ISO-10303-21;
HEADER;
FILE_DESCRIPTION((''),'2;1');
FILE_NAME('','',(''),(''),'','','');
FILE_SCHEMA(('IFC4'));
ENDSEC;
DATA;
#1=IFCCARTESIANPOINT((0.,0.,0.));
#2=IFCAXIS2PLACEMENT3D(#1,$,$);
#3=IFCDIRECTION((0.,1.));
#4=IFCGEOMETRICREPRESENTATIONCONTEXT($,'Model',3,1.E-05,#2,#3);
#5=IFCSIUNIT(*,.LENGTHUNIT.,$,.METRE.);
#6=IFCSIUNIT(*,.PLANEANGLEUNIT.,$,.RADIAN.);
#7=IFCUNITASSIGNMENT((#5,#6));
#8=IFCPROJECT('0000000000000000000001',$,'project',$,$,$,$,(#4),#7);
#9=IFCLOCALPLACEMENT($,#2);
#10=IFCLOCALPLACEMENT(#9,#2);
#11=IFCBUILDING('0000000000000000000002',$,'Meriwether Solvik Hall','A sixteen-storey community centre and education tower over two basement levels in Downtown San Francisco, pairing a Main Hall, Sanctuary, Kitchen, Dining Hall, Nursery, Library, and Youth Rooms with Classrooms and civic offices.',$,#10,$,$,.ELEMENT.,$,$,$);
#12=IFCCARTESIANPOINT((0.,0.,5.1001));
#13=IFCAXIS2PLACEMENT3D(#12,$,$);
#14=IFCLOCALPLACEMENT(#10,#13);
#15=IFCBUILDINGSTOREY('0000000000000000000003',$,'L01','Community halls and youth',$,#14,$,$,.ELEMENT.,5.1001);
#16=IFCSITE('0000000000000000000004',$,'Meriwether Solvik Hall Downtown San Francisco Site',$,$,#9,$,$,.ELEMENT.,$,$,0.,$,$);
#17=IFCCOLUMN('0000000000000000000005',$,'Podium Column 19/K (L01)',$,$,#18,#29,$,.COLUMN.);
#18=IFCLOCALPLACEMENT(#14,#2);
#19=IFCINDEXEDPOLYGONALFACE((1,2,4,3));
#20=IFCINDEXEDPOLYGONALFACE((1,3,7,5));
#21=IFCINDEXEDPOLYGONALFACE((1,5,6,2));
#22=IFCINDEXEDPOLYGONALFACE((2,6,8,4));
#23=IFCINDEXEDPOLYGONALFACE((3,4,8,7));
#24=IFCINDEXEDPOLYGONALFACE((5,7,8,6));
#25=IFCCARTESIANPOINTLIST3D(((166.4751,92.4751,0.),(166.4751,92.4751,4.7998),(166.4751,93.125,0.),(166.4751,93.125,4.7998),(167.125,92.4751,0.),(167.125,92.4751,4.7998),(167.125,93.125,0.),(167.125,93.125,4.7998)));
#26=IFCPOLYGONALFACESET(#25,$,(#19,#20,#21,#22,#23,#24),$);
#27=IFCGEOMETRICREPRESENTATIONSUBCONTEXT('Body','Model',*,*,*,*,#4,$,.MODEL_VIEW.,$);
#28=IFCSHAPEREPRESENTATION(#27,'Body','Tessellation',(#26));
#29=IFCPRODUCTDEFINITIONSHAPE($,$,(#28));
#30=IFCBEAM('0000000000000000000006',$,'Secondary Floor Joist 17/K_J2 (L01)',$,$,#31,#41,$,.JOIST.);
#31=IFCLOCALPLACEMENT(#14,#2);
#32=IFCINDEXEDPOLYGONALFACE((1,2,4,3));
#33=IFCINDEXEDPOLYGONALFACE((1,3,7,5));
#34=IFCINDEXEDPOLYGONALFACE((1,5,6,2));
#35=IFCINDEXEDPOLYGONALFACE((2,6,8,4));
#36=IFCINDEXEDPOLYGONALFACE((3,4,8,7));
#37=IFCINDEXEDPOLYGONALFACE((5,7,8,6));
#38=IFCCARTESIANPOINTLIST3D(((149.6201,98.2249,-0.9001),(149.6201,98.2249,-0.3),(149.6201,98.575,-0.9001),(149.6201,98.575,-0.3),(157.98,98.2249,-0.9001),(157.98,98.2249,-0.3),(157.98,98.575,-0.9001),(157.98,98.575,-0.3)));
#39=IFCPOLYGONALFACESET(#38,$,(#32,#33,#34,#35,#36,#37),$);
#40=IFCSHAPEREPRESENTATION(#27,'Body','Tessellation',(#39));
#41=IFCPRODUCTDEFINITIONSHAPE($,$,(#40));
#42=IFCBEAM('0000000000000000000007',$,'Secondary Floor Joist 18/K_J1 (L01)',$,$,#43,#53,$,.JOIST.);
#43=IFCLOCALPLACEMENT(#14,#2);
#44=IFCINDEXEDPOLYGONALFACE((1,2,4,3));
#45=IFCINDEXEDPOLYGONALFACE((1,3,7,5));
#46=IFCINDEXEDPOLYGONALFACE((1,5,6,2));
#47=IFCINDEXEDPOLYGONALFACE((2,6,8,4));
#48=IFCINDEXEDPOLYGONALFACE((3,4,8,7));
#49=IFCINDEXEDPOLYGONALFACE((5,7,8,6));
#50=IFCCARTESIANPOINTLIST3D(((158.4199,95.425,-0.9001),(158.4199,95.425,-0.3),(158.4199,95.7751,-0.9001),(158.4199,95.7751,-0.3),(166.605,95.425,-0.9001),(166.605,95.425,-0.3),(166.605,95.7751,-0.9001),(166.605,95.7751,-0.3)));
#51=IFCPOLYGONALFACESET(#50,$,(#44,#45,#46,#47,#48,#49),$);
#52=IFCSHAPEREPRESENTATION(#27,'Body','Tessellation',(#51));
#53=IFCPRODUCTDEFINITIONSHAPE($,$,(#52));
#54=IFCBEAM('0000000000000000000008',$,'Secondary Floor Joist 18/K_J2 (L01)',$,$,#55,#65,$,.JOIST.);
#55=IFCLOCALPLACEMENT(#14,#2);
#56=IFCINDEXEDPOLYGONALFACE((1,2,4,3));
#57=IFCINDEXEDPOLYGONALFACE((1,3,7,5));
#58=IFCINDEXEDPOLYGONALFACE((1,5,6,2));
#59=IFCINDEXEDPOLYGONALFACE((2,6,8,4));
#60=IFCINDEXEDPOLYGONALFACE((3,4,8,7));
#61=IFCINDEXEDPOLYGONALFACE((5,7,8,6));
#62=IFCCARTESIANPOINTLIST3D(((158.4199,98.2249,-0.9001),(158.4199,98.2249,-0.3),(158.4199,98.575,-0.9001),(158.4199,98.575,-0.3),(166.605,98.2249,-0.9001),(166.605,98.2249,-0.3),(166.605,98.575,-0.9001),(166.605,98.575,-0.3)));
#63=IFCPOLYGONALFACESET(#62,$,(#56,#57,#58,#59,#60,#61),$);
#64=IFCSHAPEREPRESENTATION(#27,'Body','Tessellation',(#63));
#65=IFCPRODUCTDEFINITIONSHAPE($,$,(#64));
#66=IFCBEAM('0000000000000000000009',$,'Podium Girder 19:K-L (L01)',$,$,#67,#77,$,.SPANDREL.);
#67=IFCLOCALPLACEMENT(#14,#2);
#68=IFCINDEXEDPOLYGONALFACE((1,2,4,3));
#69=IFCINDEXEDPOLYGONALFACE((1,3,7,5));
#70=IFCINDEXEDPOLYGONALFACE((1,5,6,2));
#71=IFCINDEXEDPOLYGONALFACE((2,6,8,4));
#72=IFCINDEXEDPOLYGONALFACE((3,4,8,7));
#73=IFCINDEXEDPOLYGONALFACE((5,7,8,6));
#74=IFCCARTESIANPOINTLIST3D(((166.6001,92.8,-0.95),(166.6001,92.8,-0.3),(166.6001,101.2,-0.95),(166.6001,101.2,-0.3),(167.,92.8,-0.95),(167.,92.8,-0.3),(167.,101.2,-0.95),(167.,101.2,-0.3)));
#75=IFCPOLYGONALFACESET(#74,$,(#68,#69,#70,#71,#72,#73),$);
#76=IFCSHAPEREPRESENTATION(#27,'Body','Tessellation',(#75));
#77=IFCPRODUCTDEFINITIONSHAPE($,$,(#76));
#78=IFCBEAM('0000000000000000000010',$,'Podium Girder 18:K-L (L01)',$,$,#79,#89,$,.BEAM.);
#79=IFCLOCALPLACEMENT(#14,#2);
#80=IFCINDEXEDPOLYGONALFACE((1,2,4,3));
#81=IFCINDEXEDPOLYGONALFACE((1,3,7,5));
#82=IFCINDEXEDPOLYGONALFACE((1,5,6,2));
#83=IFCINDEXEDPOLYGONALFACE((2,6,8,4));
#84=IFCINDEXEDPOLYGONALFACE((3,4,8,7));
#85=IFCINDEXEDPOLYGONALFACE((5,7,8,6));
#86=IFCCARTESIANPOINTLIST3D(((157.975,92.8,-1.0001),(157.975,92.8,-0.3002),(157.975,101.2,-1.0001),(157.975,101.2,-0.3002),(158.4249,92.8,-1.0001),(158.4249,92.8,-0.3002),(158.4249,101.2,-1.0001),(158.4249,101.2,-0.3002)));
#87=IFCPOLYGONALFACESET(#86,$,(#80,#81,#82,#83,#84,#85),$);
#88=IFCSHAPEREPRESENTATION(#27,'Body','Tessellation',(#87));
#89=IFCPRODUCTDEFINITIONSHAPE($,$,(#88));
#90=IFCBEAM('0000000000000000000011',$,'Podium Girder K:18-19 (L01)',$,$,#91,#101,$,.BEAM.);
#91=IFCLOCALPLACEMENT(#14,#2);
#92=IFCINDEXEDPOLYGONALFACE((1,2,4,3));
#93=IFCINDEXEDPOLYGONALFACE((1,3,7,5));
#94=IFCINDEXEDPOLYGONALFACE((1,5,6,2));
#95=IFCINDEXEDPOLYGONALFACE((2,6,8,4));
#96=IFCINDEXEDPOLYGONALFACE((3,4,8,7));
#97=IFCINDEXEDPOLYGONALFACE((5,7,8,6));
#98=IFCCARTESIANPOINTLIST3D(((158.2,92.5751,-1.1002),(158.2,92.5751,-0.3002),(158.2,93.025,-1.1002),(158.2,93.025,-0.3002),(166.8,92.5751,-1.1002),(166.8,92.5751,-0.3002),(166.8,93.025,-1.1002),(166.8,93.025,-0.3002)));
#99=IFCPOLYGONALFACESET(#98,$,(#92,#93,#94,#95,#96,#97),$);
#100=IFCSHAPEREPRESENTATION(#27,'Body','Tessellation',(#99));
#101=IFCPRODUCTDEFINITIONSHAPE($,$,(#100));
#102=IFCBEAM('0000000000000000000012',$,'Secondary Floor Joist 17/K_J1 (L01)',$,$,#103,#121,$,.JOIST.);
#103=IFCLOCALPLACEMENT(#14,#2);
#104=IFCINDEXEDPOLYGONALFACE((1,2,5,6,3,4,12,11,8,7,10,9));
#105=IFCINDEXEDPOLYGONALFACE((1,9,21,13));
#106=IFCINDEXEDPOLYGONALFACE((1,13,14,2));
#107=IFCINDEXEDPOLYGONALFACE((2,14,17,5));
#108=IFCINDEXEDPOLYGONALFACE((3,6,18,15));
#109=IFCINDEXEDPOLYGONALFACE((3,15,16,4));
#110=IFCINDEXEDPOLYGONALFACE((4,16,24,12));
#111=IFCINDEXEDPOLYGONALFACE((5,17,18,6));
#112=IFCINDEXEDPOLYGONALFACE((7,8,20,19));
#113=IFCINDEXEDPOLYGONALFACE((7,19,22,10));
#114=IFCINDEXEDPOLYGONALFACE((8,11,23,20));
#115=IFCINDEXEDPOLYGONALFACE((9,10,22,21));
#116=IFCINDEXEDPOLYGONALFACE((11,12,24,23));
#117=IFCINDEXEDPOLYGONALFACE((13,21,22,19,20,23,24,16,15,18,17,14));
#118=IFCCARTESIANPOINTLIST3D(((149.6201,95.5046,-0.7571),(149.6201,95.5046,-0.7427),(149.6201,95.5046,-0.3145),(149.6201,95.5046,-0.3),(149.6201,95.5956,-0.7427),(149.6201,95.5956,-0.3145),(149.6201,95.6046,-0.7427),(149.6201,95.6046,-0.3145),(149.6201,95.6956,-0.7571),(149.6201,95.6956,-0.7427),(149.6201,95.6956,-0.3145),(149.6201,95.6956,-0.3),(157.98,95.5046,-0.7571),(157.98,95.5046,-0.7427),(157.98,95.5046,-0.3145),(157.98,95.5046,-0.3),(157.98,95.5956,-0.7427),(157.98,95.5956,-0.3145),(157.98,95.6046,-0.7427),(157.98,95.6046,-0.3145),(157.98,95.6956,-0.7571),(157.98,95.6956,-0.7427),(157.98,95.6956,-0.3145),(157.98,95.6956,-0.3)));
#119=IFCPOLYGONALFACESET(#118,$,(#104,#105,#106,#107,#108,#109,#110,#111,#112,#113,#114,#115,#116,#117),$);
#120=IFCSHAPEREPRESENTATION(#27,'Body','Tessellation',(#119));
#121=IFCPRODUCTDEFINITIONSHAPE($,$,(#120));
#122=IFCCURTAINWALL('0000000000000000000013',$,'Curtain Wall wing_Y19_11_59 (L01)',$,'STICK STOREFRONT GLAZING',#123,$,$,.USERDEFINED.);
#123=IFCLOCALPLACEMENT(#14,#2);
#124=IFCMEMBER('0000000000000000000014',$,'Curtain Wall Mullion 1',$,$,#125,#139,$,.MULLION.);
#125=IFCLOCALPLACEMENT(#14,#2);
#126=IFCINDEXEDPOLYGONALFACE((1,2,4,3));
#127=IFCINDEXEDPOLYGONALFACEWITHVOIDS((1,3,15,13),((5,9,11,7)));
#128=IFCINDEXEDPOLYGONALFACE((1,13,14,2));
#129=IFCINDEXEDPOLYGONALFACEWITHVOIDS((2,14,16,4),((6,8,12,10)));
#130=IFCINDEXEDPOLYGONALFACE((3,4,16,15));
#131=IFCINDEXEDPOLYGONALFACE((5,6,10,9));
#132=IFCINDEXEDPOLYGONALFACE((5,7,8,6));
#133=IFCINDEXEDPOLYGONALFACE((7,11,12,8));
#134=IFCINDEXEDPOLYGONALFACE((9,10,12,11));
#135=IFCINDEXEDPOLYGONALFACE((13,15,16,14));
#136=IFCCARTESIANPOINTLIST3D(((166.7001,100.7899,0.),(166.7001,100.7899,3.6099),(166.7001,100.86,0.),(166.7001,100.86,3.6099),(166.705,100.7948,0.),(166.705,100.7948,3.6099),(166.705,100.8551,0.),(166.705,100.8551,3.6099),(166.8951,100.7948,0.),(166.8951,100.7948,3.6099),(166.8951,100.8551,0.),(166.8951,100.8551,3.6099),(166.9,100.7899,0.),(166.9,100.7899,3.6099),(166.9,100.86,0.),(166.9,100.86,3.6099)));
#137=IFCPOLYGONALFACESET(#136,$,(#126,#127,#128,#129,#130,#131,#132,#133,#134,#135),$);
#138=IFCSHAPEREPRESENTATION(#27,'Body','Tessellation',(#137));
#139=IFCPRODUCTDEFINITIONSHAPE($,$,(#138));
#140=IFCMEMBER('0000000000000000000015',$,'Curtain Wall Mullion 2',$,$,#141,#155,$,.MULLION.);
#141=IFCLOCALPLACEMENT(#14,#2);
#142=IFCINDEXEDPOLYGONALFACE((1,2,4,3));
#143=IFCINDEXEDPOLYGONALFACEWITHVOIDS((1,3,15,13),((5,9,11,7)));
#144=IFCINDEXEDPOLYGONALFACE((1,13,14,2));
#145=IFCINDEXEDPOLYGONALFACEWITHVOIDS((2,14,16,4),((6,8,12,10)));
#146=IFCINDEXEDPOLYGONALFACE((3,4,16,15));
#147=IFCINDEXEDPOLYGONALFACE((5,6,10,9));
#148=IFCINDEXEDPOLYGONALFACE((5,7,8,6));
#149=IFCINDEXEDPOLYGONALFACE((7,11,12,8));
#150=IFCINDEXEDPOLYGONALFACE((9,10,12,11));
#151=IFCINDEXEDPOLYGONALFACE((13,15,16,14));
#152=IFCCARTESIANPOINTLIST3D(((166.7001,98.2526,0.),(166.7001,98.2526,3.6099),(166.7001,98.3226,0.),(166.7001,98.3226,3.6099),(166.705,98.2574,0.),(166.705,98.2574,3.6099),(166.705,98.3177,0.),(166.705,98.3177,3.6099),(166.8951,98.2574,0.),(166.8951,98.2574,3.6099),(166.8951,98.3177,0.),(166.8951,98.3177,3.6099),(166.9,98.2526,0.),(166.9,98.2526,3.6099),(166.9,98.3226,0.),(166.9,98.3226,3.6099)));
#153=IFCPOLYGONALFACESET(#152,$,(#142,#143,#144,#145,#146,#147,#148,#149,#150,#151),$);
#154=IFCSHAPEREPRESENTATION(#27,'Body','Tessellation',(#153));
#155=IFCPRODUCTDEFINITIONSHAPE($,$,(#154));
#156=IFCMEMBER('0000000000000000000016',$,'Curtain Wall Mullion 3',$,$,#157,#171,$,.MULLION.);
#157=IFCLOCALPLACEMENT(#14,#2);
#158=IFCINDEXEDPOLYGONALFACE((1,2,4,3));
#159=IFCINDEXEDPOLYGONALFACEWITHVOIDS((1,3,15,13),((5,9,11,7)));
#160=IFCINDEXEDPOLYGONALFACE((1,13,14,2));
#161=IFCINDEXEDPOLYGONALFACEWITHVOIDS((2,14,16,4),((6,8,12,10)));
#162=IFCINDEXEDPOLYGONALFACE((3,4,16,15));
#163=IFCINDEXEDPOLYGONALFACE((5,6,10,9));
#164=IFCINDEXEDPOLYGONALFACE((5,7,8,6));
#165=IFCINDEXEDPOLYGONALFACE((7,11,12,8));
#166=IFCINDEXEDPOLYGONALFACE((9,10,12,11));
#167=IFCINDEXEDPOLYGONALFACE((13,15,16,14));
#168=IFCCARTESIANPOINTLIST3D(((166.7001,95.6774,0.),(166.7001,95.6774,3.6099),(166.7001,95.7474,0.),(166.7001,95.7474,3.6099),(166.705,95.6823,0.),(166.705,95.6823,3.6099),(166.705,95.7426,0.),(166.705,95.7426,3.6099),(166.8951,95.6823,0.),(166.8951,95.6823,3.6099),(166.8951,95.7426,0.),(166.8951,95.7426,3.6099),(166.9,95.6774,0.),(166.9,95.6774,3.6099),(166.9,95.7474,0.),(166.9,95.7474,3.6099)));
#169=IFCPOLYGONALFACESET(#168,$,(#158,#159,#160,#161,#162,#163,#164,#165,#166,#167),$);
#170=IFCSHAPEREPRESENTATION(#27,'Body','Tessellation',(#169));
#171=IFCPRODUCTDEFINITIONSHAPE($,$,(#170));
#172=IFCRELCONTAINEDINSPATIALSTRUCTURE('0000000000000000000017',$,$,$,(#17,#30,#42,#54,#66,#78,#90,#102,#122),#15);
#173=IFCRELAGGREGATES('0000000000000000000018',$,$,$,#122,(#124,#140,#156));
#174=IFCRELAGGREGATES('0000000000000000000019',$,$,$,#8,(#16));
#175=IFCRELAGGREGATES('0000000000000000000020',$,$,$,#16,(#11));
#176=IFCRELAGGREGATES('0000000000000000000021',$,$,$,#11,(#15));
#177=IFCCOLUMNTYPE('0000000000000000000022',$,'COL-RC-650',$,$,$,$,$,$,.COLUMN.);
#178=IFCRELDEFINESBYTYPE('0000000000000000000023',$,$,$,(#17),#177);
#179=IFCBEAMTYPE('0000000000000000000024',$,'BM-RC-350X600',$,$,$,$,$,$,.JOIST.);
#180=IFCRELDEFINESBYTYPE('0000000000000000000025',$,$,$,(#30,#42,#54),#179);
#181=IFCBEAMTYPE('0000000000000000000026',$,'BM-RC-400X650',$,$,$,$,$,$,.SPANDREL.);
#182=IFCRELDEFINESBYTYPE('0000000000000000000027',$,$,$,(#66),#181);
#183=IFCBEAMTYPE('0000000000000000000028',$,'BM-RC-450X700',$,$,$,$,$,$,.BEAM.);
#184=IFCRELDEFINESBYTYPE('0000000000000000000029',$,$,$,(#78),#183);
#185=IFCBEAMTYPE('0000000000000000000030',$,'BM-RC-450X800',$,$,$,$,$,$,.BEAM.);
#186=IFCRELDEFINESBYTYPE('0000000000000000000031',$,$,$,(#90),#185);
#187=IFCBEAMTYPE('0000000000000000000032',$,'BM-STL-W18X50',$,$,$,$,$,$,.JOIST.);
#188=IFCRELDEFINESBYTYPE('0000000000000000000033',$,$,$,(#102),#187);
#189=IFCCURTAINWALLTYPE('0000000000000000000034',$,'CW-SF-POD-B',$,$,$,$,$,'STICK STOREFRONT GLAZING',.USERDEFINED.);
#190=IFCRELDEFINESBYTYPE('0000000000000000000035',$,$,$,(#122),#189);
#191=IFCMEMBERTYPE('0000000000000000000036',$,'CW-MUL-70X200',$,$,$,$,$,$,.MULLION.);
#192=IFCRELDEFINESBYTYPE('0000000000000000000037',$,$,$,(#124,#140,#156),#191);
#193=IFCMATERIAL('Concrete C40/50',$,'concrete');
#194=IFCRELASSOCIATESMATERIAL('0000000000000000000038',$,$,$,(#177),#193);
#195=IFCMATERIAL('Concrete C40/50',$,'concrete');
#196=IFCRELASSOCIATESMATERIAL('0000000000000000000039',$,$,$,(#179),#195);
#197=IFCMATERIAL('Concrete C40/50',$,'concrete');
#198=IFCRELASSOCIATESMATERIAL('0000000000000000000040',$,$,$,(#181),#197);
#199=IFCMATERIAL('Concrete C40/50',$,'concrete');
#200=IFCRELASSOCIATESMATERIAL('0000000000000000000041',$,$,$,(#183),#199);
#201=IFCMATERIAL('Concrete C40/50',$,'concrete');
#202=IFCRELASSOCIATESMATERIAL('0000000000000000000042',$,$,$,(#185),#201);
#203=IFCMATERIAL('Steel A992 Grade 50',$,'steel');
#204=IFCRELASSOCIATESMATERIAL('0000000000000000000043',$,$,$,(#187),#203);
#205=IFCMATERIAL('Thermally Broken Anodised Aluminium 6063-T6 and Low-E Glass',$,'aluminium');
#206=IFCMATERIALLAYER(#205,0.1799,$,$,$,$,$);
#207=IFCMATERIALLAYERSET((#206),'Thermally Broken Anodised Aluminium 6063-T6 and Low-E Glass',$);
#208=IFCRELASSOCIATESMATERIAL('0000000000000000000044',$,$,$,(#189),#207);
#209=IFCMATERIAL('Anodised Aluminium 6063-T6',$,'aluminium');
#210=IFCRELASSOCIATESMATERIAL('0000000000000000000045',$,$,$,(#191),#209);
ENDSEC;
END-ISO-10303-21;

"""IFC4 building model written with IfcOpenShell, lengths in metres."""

from ifc_helpers import new_model, si_unit, direction, frame, origin, origin_2d, place, context, subcontext, project, spatial, rectangle, hollow_rectangle, i_section, extrude, material, layer, layer_set, material_profile, profile_set, type_object, element, aggregate, save


model = new_model("IFC4")

# Units and contexts
model_context = context("Model", 3, precision=1e-05, world=origin(), true_north=direction((0.0, 1.0)))
body_context = subcontext(model_context, "Body", "Model", "MODEL_VIEW")
ifc_project = project(units=[si_unit("LENGTHUNIT", "METRE"), si_unit("PLANEANGLEUNIT", "RADIAN")], contexts=[model_context])

# Site, building, storey
site_placement = place(None, origin())
site = spatial("IfcSite", under=ifc_project, at=site_placement, Name="Meriwether Solvik Hall Downtown San Francisco Site", CompositionType="ELEMENT", RefElevation=0.0)
building_placement = place(site_placement, origin())
building = spatial("IfcBuilding", under=site, at=building_placement, Name="Meriwether Solvik Hall", Description="A sixteen-storey community centre and education tower over two basement levels in Downtown San Francisco, pairing a Main Hall, Sanctuary, Kitchen, Dining Hall, Nursery, Library, and Youth Rooms with Classrooms and civic offices.", CompositionType="ELEMENT")
storey_placement = place(building_placement, frame((0.0, 0.0, 5.1001)))
storey = spatial("IfcBuildingStorey", under=building, at=storey_placement, Name="L01", Description="Community halls and youth", CompositionType="ELEMENT", Elevation=5.1001)

# Column
ifc_material_1 = material(Name="Concrete C40/50", Category="concrete")
ifc_material_profile_1 = material_profile(ifc_material_1, rectangle(XDim=0.6499, YDim=0.6499, at=origin_2d()), Name="RCC-650X650")
ifc_profile_set_1 = profile_set([ifc_material_profile_1], Name="Concrete C40/50")
column_type = type_object("IfcColumnType", Name="COL-RC-650", PredefinedType="COLUMN", material=ifc_profile_set_1)
column_placement = place(storey_placement, frame((166.8, 92.8, 0.0), z_axis=(0.0, 0.0, 1.0), x_axis=(1.0, 0.0, 0.0)))
element("IfcColumn", 1, at=column_placement, inside=storey, type_object=column_type, Name="Podium Column 19/K (L01)", PredefinedType="COLUMN", context=body_context, shape_type="SweptSolid", body=[
    extrude(rectangle(XDim=0.6499, YDim=0.6499, at=origin_2d()), origin(), (0.0, 0.0, 1.0), 4.7998),
])

# Beams
ifc_material_2 = material(Name="Concrete C40/50", Category="concrete")
ifc_material_profile_2 = material_profile(ifc_material_2, rectangle(XDim=0.3501, YDim=0.6001, at=origin_2d()), Name="RCB-350X600")
ifc_profile_set_2 = profile_set([ifc_material_profile_2], Name="Concrete C40/50")
beam_type_1 = type_object("IfcBeamType", Name="BM-RC-350X600", PredefinedType="JOIST", material=ifc_profile_set_2)
beam_1_placement = place(storey_placement, frame((149.6201, 98.3999, -0.6001), z_axis=(1.0, 0.0, 0.0), x_axis=(0.0, 1.0, 0.0)))
element("IfcBeam", 2, at=beam_1_placement, inside=storey, type_object=beam_type_1, Name="Secondary Floor Joist 17/K_J2 (L01)", PredefinedType="JOIST", context=body_context, shape_type="SweptSolid", body=[
    extrude(rectangle(XDim=0.3501, YDim=0.6001, at=origin_2d()), origin(), (0.0, 0.0, 1.0), 8.3599),
])
for number, where, z_axis, x_axis, name in (
    (3, (158.4199, 95.6001, -0.6001), (1.0, 0.0, 0.0), (0.0, 1.0, 0.0), "Secondary Floor Joist 18/K_J1 (L01)"),
    (4, (158.4199, 98.3999, -0.6001), (1.0, 0.0, 0.0), (0.0, 1.0, 0.0), "Secondary Floor Joist 18/K_J2 (L01)"),
):
    element("IfcBeam", number, at=place(storey_placement, frame(where, z_axis=z_axis, x_axis=x_axis)), inside=storey, type_object=beam_type_1, Name=name, PredefinedType="JOIST", context=body_context, shape_type="SweptSolid", body=[
        extrude(rectangle(XDim=0.3501, YDim=0.6001, at=origin_2d()), origin(), (0.0, 0.0, 1.0), 8.1851),
    ])
ifc_material_3 = material(Name="Concrete C40/50", Category="concrete")
ifc_material_profile_3 = material_profile(ifc_material_3, rectangle(XDim=0.3999, YDim=0.6499, at=origin_2d()), Name="RCB-400X650")
ifc_profile_set_3 = profile_set([ifc_material_profile_3], Name="Concrete C40/50")
beam_type_2 = type_object("IfcBeamType", Name="BM-RC-400X650", PredefinedType="SPANDREL", material=ifc_profile_set_3)
beam_2_placement = place(storey_placement, frame((166.8, 92.8, -0.625), z_axis=(0.0, 1.0, 0.0), x_axis=(-1.0, 0.0, 0.0)))
element("IfcBeam", 5, at=beam_2_placement, inside=storey, type_object=beam_type_2, Name="Podium Girder 19:K-L (L01)", PredefinedType="SPANDREL", context=body_context, shape_type="SweptSolid", body=[
    extrude(rectangle(XDim=0.3999, YDim=0.6499, at=origin_2d()), origin(), (0.0, 0.0, 1.0), 8.3999),
])
ifc_material_4 = material(Name="Concrete C40/50", Category="concrete")
ifc_material_profile_4 = material_profile(ifc_material_4, rectangle(XDim=0.45, YDim=0.7, at=origin_2d()), Name="RCB-450X700")
ifc_profile_set_4 = profile_set([ifc_material_profile_4], Name="Concrete C40/50")
beam_type_3 = type_object("IfcBeamType", Name="BM-RC-450X700", PredefinedType="BEAM", material=ifc_profile_set_4)
beam_3_placement = place(storey_placement, frame((158.2, 92.8, -0.6501), z_axis=(0.0, 1.0, 0.0), x_axis=(-1.0, 0.0, 0.0)))
element("IfcBeam", 6, at=beam_3_placement, inside=storey, type_object=beam_type_3, Name="Podium Girder 18:K-L (L01)", PredefinedType="BEAM", context=body_context, shape_type="SweptSolid", body=[
    extrude(rectangle(XDim=0.45, YDim=0.7, at=origin_2d()), origin(), (0.0, 0.0, 1.0), 8.3999),
])
ifc_material_5 = material(Name="Concrete C40/50", Category="concrete")
ifc_material_profile_5 = material_profile(ifc_material_5, rectangle(XDim=0.45, YDim=0.8, at=origin_2d()), Name="RCB-450X800")
ifc_profile_set_5 = profile_set([ifc_material_profile_5], Name="Concrete C40/50")
beam_type_4 = type_object("IfcBeamType", Name="BM-RC-450X800", PredefinedType="BEAM", material=ifc_profile_set_5)
beam_4_placement = place(storey_placement, frame((158.2, 92.8, -0.7002), z_axis=(1.0, 0.0, 0.0), x_axis=(0.0, 1.0, 0.0)))
element("IfcBeam", 7, at=beam_4_placement, inside=storey, type_object=beam_type_4, Name="Podium Girder K:18-19 (L01)", PredefinedType="BEAM", context=body_context, shape_type="SweptSolid", body=[
    extrude(rectangle(XDim=0.45, YDim=0.8, at=origin_2d()), origin(), (0.0, 0.0, 1.0), 8.6001),
])
ifc_material_6 = material(Name="Steel A992 Grade 50", Category="steel")
ifc_material_profile_6 = material_profile(ifc_material_6, i_section(OverallWidth=0.1909, OverallDepth=0.457, WebThickness=0.009, FlangeThickness=0.0144, at=origin_2d()), Name="W18X50")
ifc_profile_set_6 = profile_set([ifc_material_profile_6], Name="Steel A992 Grade 50")
beam_type_5 = type_object("IfcBeamType", Name="BM-STL-W18X50", PredefinedType="JOIST", material=ifc_profile_set_6)
beam_5_placement = place(storey_placement, frame((149.6201, 95.6001, -0.5286), z_axis=(1.0, 0.0, 0.0), x_axis=(0.0, 1.0, 0.0)))
element("IfcBeam", 8, at=beam_5_placement, inside=storey, type_object=beam_type_5, Name="Secondary Floor Joist 17/K_J1 (L01)", PredefinedType="JOIST", context=body_context, shape_type="SweptSolid", body=[
    extrude(i_section(OverallWidth=0.1909, OverallDepth=0.457, WebThickness=0.009, FlangeThickness=0.0144, at=origin_2d()), origin(), (0.0, 0.0, 1.0), 8.3599),
])

# Curtain wall, members
ifc_material_7 = material(Name="Thermally Broken Anodised Aluminium 6063-T6 and Low-E Glass", Category="aluminium")
ifc_layer_1 = layer(ifc_material_7, 0.1799)
ifc_layer_set_1 = layer_set([ifc_layer_1], Name="Thermally Broken Anodised Aluminium 6063-T6 and Low-E Glass")
curtain_wall_type = type_object("IfcCurtainWallType", Name="CW-SF-POD-B", ElementType="STICK STOREFRONT GLAZING", PredefinedType="USERDEFINED", material=ifc_layer_set_1)
curtain_wall_placement = place(storey_placement, origin())
curtain_wall = element("IfcCurtainWall", 9, at=curtain_wall_placement, inside=storey, type_object=curtain_wall_type, Name="Curtain Wall wing_Y19_11_59 (L01)", ObjectType="STICK STOREFRONT GLAZING", PredefinedType="USERDEFINED")
ifc_material_8 = material(Name="Anodised Aluminium 6063-T6", Category="aluminium")
ifc_material_profile_7 = material_profile(ifc_material_8, hollow_rectangle(XDim=0.0701, YDim=0.2, WallThickness=0.0049, at=origin_2d()), Name="CWM-70X200")
ifc_profile_set_7 = profile_set([ifc_material_profile_7], Name="Anodised Aluminium 6063-T6")
member_type_1 = type_object("IfcMemberType", Name="CW-MUL-70X200", PredefinedType="MULLION", material=ifc_profile_set_7)
member_1_placement = place(storey_placement, frame((166.8, 100.825, 0.0), z_axis=(0.0, 0.0, 1.0), x_axis=(0.0, -1.0, 0.0)))
member_1 = element("IfcMember", 10, at=member_1_placement, type_object=member_type_1, Name="Curtain Wall Mullion 1", PredefinedType="MULLION", context=body_context, shape_type="SweptSolid", body=[
    extrude(hollow_rectangle(XDim=0.0701, YDim=0.2, WallThickness=0.0049, at=origin_2d()), origin(), (0.0, 0.0, 1.0), 3.6099),
])
member_2_placement = place(storey_placement, frame((166.8, 98.2876, 0.0), z_axis=(0.0, 0.0, 1.0), x_axis=(0.0, -1.0, 0.0)))
member_2 = element("IfcMember", 11, at=member_2_placement, type_object=member_type_1, Name="Curtain Wall Mullion 2", PredefinedType="MULLION", context=body_context, shape_type="SweptSolid", body=[
    extrude(hollow_rectangle(XDim=0.0701, YDim=0.2, WallThickness=0.0049, at=origin_2d()), origin(), (0.0, 0.0, 1.0), 3.6099),
])
member_3_placement = place(storey_placement, frame((166.8, 95.7124, 0.0), z_axis=(0.0, 0.0, 1.0), x_axis=(0.0, -1.0, 0.0)))
member_3 = element("IfcMember", 12, at=member_3_placement, type_object=member_type_1, Name="Curtain Wall Mullion 3", PredefinedType="MULLION", context=body_context, shape_type="SweptSolid", body=[
    extrude(hollow_rectangle(XDim=0.0701, YDim=0.2, WallThickness=0.0049, at=origin_2d()), origin(), (0.0, 0.0, 1.0), 3.6099),
])
aggregate(curtain_wall, [member_1, member_2, member_3])

save(model, "model.ifc")
